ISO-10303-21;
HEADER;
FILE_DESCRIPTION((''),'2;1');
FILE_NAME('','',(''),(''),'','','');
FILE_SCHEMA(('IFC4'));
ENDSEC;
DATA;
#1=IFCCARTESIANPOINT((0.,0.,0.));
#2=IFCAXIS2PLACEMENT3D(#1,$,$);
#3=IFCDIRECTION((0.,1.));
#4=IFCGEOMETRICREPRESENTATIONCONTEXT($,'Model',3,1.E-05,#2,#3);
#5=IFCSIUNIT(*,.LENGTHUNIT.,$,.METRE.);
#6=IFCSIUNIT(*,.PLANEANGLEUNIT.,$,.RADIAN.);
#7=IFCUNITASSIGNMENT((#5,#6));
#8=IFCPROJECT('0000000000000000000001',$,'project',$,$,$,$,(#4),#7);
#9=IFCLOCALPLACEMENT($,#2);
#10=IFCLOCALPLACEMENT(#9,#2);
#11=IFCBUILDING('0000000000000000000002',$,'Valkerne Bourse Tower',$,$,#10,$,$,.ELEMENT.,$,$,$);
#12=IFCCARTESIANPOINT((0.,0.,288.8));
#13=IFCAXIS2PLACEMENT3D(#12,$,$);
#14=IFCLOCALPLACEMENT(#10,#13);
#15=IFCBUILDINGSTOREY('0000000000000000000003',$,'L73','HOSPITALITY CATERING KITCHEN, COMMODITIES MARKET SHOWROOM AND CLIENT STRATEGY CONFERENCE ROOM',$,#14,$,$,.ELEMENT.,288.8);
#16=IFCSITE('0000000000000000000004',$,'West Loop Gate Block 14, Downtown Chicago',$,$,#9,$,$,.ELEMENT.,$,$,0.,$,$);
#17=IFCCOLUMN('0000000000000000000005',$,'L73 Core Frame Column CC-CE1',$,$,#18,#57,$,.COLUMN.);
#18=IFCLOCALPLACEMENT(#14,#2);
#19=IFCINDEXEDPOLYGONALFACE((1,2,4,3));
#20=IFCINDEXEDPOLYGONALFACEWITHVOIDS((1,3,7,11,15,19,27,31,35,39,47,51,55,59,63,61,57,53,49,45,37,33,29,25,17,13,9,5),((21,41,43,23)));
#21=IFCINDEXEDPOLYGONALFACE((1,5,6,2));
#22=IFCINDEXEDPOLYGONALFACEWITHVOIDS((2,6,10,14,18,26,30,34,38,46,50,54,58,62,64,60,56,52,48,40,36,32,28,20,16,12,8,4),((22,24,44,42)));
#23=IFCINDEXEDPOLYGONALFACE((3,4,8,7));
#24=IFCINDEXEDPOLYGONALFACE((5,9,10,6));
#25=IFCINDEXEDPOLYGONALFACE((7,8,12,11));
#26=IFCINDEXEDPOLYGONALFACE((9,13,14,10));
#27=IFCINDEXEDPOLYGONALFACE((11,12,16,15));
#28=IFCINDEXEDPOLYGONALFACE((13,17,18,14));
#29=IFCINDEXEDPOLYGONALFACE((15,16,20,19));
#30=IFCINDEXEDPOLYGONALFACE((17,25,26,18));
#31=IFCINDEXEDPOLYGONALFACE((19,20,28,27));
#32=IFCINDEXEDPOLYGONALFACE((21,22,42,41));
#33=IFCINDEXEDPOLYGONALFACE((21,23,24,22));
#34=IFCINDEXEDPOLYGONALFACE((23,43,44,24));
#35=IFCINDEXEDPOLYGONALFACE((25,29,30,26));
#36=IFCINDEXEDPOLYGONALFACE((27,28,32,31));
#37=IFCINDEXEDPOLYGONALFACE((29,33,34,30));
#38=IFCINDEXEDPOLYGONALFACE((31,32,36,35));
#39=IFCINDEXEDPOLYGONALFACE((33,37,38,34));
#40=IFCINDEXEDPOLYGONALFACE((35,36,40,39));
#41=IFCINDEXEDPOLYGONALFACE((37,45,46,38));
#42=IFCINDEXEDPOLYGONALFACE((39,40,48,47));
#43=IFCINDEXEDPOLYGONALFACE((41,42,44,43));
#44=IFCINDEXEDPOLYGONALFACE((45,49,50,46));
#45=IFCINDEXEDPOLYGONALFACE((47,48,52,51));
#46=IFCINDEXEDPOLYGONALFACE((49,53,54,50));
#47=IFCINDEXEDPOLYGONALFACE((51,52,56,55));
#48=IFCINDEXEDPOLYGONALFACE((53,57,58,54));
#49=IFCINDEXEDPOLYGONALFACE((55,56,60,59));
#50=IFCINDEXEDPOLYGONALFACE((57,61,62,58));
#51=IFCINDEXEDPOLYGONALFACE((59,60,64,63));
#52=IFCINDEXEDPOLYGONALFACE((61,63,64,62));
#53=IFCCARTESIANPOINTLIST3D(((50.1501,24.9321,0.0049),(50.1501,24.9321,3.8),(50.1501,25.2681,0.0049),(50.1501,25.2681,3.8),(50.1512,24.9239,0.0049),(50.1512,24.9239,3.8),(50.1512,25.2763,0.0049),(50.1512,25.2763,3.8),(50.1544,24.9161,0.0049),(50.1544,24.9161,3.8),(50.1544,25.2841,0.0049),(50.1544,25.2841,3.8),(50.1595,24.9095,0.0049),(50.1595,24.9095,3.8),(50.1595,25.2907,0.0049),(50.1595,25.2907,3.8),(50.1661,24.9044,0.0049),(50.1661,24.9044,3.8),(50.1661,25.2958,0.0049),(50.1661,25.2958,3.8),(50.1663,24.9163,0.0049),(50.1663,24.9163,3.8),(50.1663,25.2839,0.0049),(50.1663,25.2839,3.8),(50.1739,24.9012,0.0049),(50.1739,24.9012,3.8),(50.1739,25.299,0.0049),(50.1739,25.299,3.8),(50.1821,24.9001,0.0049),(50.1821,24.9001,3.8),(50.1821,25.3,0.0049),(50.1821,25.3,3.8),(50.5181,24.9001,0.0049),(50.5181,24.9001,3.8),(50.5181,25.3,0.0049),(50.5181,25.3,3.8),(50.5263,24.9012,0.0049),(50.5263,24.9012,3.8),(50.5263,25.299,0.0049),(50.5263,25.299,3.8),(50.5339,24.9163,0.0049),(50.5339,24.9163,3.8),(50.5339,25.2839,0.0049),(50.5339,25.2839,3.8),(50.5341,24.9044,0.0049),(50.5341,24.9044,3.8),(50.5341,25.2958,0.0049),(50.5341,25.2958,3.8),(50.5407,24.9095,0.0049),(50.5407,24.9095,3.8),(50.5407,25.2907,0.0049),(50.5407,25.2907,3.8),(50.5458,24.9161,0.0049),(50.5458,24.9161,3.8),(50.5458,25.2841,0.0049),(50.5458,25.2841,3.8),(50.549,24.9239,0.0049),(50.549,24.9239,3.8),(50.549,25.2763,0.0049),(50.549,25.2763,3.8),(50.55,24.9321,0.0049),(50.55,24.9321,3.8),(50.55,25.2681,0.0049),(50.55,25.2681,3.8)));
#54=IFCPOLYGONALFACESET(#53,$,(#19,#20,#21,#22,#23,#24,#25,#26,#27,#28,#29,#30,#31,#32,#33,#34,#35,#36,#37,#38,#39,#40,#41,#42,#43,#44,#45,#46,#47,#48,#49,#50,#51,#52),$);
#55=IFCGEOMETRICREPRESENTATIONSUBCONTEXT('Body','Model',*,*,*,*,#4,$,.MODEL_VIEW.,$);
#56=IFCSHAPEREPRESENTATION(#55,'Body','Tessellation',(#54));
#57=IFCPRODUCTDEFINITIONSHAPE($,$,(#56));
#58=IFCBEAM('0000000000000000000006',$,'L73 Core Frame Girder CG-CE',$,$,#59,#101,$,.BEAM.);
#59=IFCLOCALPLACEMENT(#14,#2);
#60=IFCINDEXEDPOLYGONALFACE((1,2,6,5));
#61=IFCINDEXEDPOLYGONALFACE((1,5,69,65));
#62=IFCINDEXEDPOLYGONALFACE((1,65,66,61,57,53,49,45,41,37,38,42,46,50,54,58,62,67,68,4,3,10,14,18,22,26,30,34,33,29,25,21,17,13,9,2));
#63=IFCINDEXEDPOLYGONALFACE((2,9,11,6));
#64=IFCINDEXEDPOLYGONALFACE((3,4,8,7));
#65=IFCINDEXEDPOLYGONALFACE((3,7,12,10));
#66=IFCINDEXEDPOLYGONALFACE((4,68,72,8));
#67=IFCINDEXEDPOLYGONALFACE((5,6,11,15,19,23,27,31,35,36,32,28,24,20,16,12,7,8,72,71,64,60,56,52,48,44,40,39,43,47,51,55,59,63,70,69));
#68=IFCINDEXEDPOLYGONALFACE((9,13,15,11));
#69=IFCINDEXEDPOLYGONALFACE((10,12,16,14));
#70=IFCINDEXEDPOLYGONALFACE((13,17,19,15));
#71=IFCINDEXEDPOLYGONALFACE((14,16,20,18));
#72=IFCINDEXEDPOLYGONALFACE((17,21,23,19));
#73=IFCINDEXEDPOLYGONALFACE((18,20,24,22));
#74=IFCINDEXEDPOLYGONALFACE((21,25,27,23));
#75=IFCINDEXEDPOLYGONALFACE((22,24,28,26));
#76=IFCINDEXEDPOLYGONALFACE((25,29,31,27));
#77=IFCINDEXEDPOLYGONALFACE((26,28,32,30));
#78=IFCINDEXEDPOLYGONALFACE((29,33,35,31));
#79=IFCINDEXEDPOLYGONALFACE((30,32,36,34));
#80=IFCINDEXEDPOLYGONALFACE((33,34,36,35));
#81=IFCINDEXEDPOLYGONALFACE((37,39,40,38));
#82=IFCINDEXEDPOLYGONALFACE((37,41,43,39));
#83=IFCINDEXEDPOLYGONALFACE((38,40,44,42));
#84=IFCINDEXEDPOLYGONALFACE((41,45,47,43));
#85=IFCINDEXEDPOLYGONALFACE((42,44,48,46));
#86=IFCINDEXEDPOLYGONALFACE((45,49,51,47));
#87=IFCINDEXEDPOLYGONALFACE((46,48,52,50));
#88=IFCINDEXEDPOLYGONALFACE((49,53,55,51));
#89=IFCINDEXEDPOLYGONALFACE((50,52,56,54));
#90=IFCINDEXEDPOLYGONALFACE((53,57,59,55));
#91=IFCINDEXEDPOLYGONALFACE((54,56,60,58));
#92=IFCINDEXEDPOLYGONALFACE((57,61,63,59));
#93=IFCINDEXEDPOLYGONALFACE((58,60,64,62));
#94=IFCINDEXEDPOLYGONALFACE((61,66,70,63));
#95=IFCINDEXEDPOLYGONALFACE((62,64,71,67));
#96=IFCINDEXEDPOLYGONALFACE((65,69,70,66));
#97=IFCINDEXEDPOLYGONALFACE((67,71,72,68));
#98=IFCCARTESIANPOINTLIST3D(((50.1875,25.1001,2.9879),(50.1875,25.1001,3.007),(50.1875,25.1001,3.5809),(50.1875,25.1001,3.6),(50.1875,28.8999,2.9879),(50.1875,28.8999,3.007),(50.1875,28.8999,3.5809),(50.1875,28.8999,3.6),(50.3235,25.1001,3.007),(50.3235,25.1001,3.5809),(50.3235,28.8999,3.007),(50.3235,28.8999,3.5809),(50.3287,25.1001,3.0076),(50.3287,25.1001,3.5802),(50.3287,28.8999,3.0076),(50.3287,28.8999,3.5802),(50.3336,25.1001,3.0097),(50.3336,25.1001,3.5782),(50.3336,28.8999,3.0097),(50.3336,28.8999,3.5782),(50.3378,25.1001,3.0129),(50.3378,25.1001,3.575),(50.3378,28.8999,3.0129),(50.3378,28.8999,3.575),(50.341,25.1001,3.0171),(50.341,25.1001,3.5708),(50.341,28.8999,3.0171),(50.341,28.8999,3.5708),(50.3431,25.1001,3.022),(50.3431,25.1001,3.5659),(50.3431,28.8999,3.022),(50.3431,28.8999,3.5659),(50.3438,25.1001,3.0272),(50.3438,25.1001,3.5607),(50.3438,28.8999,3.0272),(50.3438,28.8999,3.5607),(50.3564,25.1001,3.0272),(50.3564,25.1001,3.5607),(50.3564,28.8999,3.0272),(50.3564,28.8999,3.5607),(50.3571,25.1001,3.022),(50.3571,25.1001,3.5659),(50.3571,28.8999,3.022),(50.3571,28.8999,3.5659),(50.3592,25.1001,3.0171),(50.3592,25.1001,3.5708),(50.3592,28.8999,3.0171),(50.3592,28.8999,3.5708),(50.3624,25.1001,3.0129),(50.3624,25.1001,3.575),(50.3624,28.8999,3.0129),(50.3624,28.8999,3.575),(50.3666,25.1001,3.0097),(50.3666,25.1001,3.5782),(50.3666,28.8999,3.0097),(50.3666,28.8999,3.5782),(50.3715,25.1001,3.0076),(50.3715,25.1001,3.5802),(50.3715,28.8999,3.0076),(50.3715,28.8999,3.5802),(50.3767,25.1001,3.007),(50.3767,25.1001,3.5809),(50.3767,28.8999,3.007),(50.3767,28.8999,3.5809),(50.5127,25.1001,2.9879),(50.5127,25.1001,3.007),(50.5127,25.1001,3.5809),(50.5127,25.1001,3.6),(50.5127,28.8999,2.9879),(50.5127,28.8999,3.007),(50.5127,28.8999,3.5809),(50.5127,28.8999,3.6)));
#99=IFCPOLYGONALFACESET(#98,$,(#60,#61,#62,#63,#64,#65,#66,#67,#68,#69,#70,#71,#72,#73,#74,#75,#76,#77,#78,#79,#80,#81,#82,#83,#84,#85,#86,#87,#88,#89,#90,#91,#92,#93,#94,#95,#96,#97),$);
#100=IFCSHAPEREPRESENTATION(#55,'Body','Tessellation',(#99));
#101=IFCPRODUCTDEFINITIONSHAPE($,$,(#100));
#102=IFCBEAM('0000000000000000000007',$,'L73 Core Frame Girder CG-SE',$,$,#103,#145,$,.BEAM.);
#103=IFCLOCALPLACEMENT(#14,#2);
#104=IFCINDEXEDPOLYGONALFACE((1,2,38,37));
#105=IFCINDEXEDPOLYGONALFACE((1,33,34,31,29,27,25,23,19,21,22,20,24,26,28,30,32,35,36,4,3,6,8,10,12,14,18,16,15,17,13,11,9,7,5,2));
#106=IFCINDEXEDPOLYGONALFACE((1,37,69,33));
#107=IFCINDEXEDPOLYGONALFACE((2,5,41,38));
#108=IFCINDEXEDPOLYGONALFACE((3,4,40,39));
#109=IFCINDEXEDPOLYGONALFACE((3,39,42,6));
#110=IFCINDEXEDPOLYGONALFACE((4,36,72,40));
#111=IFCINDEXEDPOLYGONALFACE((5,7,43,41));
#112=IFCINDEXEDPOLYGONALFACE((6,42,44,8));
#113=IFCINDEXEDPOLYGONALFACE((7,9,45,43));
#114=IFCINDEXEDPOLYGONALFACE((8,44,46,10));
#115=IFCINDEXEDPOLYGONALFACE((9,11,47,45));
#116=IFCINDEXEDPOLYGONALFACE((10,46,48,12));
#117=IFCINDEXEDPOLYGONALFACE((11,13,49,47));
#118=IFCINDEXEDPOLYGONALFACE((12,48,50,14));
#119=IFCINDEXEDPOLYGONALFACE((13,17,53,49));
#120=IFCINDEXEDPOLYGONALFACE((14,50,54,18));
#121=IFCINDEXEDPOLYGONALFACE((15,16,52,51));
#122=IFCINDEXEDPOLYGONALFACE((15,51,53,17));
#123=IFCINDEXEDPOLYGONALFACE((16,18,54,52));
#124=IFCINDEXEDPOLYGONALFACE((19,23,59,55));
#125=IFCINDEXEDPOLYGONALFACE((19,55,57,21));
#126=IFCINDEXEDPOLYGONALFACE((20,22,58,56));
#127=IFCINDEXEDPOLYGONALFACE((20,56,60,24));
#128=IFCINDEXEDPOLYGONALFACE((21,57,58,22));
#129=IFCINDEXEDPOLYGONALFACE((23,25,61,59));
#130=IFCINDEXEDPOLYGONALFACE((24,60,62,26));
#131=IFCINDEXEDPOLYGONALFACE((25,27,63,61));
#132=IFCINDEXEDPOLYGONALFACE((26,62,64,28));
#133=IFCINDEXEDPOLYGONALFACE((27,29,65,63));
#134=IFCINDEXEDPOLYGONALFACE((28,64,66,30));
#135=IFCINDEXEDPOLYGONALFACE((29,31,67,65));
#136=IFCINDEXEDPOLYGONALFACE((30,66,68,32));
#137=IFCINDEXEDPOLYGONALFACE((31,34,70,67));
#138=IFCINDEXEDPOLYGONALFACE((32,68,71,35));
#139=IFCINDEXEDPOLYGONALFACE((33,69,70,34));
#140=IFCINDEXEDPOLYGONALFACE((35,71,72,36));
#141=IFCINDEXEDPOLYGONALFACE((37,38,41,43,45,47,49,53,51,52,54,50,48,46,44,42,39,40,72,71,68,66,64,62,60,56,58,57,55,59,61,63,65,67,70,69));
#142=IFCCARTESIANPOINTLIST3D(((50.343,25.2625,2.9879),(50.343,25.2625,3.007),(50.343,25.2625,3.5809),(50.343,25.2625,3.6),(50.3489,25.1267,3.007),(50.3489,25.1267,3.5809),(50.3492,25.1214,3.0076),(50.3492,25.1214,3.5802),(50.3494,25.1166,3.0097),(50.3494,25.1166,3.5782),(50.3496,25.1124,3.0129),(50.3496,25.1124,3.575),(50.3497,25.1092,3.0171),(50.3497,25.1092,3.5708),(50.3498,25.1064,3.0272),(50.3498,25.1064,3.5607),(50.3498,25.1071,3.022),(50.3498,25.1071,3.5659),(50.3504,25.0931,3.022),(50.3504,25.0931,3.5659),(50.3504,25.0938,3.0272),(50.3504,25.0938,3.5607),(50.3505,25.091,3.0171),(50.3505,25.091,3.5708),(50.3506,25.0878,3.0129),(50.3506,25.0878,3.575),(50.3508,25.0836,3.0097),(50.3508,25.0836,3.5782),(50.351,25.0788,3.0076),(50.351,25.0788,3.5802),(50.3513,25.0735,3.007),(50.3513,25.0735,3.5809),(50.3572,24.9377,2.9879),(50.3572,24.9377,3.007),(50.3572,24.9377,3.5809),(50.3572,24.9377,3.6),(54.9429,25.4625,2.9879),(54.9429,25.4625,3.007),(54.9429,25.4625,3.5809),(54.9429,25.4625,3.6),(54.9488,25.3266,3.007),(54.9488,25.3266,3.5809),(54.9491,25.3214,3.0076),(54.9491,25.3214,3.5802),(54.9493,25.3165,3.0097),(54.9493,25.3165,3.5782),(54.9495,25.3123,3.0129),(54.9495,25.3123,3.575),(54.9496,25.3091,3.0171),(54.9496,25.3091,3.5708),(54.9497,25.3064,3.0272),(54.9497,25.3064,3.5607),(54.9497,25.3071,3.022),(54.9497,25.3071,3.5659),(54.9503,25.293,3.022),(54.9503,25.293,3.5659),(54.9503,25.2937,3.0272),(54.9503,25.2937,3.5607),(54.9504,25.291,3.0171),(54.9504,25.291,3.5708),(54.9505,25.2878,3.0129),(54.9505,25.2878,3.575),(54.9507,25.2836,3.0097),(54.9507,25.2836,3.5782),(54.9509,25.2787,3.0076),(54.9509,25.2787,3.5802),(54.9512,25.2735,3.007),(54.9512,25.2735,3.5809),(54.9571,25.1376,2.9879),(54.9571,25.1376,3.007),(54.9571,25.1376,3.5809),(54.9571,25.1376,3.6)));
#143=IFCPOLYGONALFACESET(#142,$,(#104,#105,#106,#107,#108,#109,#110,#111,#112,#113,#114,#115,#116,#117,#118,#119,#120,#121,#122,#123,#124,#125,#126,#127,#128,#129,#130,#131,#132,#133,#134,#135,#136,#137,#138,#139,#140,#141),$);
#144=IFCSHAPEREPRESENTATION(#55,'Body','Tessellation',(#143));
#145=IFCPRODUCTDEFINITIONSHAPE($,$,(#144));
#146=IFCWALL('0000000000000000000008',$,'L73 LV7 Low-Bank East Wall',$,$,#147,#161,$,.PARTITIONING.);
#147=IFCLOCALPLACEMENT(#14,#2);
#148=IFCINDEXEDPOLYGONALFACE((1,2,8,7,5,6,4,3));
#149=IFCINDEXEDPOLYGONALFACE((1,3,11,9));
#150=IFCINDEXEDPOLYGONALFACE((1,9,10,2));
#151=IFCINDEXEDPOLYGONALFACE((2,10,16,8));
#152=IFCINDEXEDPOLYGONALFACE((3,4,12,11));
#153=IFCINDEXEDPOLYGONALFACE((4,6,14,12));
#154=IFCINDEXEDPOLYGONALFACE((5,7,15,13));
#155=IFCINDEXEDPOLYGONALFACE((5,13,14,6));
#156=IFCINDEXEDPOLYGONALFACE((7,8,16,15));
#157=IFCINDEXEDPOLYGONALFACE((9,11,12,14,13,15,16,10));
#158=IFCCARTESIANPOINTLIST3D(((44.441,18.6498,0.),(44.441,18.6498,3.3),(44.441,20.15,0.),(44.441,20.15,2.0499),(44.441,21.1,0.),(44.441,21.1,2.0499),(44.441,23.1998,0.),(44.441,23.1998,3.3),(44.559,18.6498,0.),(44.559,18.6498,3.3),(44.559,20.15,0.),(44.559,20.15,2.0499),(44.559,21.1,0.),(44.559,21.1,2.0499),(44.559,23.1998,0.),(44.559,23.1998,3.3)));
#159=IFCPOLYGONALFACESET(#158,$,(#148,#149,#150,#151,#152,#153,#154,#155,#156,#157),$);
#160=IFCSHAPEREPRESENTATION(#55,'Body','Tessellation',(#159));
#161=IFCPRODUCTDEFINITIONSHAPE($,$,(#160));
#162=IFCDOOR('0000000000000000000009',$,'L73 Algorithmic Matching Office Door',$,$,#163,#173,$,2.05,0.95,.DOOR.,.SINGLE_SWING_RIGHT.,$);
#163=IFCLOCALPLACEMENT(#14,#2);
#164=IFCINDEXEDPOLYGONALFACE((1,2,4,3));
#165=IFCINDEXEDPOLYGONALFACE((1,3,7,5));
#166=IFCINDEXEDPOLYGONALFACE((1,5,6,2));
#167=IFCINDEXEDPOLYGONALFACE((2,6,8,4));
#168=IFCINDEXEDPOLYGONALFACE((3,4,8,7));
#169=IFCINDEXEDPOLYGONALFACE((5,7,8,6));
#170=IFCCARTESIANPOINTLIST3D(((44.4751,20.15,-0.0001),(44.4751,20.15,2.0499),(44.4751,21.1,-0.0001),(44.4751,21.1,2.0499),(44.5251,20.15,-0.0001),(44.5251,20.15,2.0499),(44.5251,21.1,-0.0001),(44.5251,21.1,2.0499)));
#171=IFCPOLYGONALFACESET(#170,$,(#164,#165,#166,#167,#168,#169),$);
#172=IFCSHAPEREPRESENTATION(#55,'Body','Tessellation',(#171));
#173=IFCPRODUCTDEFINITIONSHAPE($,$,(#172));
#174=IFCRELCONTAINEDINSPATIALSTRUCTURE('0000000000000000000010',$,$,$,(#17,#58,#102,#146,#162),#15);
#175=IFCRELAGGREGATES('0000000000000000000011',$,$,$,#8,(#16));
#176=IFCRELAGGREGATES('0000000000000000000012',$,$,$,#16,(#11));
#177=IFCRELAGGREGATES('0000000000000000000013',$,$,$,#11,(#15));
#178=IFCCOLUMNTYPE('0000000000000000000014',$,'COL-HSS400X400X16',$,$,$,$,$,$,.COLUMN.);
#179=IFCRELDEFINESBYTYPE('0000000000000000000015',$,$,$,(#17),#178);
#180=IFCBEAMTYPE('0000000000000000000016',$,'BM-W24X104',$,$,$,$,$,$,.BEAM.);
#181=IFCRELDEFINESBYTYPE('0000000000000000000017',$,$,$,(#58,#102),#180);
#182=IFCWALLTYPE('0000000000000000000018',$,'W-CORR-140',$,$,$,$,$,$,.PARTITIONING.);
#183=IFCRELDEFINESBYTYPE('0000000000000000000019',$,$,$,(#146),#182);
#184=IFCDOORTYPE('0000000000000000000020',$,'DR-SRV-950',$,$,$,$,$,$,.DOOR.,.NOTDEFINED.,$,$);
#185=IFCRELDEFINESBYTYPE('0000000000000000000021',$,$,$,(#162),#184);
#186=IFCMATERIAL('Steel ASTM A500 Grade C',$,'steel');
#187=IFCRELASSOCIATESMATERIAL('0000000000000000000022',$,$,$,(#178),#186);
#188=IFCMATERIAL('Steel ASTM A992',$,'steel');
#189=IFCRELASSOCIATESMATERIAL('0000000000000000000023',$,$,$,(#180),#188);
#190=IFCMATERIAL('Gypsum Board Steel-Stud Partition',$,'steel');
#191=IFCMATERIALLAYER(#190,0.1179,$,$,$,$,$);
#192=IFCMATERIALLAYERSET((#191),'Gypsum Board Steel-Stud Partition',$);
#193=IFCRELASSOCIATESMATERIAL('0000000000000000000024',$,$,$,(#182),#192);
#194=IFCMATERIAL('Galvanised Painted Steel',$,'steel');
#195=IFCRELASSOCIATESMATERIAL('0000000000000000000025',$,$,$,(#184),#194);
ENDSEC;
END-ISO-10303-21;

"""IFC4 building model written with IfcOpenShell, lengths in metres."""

from ifc_helpers import new_model, si_unit, direction, frame, frame_2d, origin, origin_2d, place, context, subcontext, project, spatial, rectangle, hollow_rectangle, i_section, extrude, material, layer, layer_set, material_profile, profile_set, type_object, element, fill, save


model = new_model("IFC4")

# Units and contexts
model_context = context("Model", 3, precision=1e-05, world=origin(), true_north=direction((0.0, 1.0)))
body_context = subcontext(model_context, "Body", "Model", "MODEL_VIEW")
ifc_project = project(units=[si_unit("LENGTHUNIT", "METRE"), si_unit("PLANEANGLEUNIT", "RADIAN")], contexts=[model_context])

# Site, building, storey
site_placement = place(None, origin())
site = spatial("IfcSite", under=ifc_project, at=site_placement, Name="West Loop Gate Block 14, Downtown Chicago", CompositionType="ELEMENT", RefElevation=0.0)
building_placement = place(site_placement, origin())
building = spatial("IfcBuilding", under=site, at=building_placement, Name="Valkerne Bourse Tower", CompositionType="ELEMENT")
storey_placement = place(building_placement, frame((0.0, 0.0, 288.8)))
storey = spatial("IfcBuildingStorey", under=building, at=storey_placement, Name="L73", Description="HOSPITALITY CATERING KITCHEN, COMMODITIES MARKET SHOWROOM AND CLIENT STRATEGY CONFERENCE ROOM", CompositionType="ELEMENT", Elevation=288.8)

# Column
ifc_material_1 = material(Name="Steel ASTM A500 Grade C", Category="steel")
ifc_material_profile_1 = material_profile(ifc_material_1, hollow_rectangle(XDim=0.3999, YDim=0.3999, WallThickness=0.0161, OuterFilletRadius=0.032, at=origin_2d()), Name="HSS400X400X16")
ifc_profile_set_1 = profile_set([ifc_material_profile_1], Name="Steel ASTM A500 Grade C")
column_type = type_object("IfcColumnType", Name="COL-HSS400X400X16", PredefinedType="COLUMN", material=ifc_profile_set_1)
column_placement = place(storey_placement, frame((50.3501, 25.1001, 0.0049), z_axis=(0.0, 0.0, 1.0), x_axis=(1.0, 0.0, 0.0)))
element("IfcColumn", 1, at=column_placement, inside=storey, type_object=column_type, Name="L73 Core Frame Column CC-CE1", PredefinedType="COLUMN", context=body_context, shape_type="SweptSolid", body=[
    extrude(hollow_rectangle(XDim=0.3999, YDim=0.3999, WallThickness=0.0161, OuterFilletRadius=0.032, at=origin_2d()), origin(), (0.0, 0.0, 1.0), 3.7952),
])

# Beams
ifc_material_2 = material(Name="Steel ASTM A992", Category="steel")
ifc_material_profile_2 = material_profile(ifc_material_2, i_section(OverallWidth=0.3252, OverallDepth=0.6121, WebThickness=0.0127, FlangeThickness=0.019, FilletRadius=0.0203, at=origin_2d()), Name="W24X104")
ifc_profile_set_2 = profile_set([ifc_material_profile_2], Name="Steel ASTM A992")
beam_type = type_object("IfcBeamType", Name="BM-W24X104", PredefinedType="BEAM", material=ifc_profile_set_2)
beam_1_placement = place(storey_placement, frame((50.3501, 25.1001, 3.2939), z_axis=(0.0, 1.0, 0.0), x_axis=(-1.0, 0.0, 0.0)))
element("IfcBeam", 2, at=beam_1_placement, inside=storey, type_object=beam_type, Name="L73 Core Frame Girder CG-CE", PredefinedType="BEAM", context=body_context, shape_type="SweptSolid", body=[
    extrude(i_section(OverallWidth=0.3252, OverallDepth=0.6121, WebThickness=0.0127, FlangeThickness=0.019, FilletRadius=0.0203, at=origin_2d()), origin(), (0.0, 0.0, 1.0), 3.7998),
])
beam_2_placement = place(storey_placement, frame((50.3501, 25.1001, 3.2939), z_axis=(0.999057, 0.043428, 0.0), x_axis=(-0.043428, 0.999057, 0.0)))
element("IfcBeam", 3, at=beam_2_placement, inside=storey, type_object=beam_type, Name="L73 Core Frame Girder CG-SE", PredefinedType="BEAM", context=body_context, shape_type="SweptSolid", body=[
    extrude(i_section(OverallWidth=0.3252, OverallDepth=0.6121, WebThickness=0.0127, FlangeThickness=0.019, FilletRadius=0.0203, at=origin_2d()), origin(), (0.0, 0.0, 1.0), 4.6042),
])

# Wall, opening, door
ifc_material_3 = material(Name="Gypsum Board Steel-Stud Partition", Category="steel")
ifc_layer_1 = layer(ifc_material_3, 0.1179)
ifc_layer_set_1 = layer_set([ifc_layer_1], Name="Gypsum Board Steel-Stud Partition")
wall_type_1 = type_object("IfcWallType", Name="W-CORR-140", PredefinedType="PARTITIONING", material=ifc_layer_set_1)
wall_1_placement = place(storey_placement, frame((44.5, 18.6499, 0.0), z_axis=(0.0, 0.0, 1.0), x_axis=(0.0, 1.0, 0.0)))
wall_1 = element("IfcWall", 4, at=wall_1_placement, inside=storey, type_object=wall_type_1, Name="L73 LV7 Low-Bank East Wall", PredefinedType="PARTITIONING", context=body_context, shape_type="SweptSolid", body=[
    extrude(rectangle(XDim=4.55, YDim=0.1179, at=frame_2d((2.2749, 0.0))), origin(), (0.0, 0.0, 1.0), 3.3),
])
opening_1_placement = place(wall_1_placement, frame((1.5, 0.0, 0.0)))
opening_1 = element("IfcOpeningElement", 5, at=opening_1_placement, cuts=wall_1, PredefinedType="OPENING", context=body_context, shape_type="SweptSolid", body=[
    extrude(rectangle(XDim=0.95, YDim=2.05, at=frame_2d((0.4751, 1.0249))), frame((0.0, 0.0688, 0.0), z_axis=(0.0, -1.0, 0.0), x_axis=(1.0, 0.0, 0.0)), (0.0, 0.0, 1.0), 0.1379),
])
ifc_material_4 = material(Name="Galvanised Painted Steel", Category="steel")
door_type_1 = type_object("IfcDoorType", Name="DR-SRV-950", OperationType="NOTDEFINED", PredefinedType="DOOR", material=ifc_material_4)
door_1_placement = place(opening_1_placement, origin())
door_1 = element("IfcDoor", 6, at=door_1_placement, inside=storey, type_object=door_type_1, Name="L73 Algorithmic Matching Office Door", OperationType="SINGLE_SWING_RIGHT", OverallHeight=2.05, OverallWidth=0.95, PredefinedType="DOOR", context=body_context, shape_type="SweptSolid", body=[
    extrude(rectangle(XDim=0.95, YDim=2.05, at=frame_2d((0.4751, 1.0249))), frame((0.0, 0.0249, 0.0), z_axis=(0.0, -1.0, 0.0), x_axis=(1.0, 0.0, 0.0)), (0.0, 0.0, 1.0), 0.05),
])
fill(opening_1, door_1)

save(model, "model.ifc")
